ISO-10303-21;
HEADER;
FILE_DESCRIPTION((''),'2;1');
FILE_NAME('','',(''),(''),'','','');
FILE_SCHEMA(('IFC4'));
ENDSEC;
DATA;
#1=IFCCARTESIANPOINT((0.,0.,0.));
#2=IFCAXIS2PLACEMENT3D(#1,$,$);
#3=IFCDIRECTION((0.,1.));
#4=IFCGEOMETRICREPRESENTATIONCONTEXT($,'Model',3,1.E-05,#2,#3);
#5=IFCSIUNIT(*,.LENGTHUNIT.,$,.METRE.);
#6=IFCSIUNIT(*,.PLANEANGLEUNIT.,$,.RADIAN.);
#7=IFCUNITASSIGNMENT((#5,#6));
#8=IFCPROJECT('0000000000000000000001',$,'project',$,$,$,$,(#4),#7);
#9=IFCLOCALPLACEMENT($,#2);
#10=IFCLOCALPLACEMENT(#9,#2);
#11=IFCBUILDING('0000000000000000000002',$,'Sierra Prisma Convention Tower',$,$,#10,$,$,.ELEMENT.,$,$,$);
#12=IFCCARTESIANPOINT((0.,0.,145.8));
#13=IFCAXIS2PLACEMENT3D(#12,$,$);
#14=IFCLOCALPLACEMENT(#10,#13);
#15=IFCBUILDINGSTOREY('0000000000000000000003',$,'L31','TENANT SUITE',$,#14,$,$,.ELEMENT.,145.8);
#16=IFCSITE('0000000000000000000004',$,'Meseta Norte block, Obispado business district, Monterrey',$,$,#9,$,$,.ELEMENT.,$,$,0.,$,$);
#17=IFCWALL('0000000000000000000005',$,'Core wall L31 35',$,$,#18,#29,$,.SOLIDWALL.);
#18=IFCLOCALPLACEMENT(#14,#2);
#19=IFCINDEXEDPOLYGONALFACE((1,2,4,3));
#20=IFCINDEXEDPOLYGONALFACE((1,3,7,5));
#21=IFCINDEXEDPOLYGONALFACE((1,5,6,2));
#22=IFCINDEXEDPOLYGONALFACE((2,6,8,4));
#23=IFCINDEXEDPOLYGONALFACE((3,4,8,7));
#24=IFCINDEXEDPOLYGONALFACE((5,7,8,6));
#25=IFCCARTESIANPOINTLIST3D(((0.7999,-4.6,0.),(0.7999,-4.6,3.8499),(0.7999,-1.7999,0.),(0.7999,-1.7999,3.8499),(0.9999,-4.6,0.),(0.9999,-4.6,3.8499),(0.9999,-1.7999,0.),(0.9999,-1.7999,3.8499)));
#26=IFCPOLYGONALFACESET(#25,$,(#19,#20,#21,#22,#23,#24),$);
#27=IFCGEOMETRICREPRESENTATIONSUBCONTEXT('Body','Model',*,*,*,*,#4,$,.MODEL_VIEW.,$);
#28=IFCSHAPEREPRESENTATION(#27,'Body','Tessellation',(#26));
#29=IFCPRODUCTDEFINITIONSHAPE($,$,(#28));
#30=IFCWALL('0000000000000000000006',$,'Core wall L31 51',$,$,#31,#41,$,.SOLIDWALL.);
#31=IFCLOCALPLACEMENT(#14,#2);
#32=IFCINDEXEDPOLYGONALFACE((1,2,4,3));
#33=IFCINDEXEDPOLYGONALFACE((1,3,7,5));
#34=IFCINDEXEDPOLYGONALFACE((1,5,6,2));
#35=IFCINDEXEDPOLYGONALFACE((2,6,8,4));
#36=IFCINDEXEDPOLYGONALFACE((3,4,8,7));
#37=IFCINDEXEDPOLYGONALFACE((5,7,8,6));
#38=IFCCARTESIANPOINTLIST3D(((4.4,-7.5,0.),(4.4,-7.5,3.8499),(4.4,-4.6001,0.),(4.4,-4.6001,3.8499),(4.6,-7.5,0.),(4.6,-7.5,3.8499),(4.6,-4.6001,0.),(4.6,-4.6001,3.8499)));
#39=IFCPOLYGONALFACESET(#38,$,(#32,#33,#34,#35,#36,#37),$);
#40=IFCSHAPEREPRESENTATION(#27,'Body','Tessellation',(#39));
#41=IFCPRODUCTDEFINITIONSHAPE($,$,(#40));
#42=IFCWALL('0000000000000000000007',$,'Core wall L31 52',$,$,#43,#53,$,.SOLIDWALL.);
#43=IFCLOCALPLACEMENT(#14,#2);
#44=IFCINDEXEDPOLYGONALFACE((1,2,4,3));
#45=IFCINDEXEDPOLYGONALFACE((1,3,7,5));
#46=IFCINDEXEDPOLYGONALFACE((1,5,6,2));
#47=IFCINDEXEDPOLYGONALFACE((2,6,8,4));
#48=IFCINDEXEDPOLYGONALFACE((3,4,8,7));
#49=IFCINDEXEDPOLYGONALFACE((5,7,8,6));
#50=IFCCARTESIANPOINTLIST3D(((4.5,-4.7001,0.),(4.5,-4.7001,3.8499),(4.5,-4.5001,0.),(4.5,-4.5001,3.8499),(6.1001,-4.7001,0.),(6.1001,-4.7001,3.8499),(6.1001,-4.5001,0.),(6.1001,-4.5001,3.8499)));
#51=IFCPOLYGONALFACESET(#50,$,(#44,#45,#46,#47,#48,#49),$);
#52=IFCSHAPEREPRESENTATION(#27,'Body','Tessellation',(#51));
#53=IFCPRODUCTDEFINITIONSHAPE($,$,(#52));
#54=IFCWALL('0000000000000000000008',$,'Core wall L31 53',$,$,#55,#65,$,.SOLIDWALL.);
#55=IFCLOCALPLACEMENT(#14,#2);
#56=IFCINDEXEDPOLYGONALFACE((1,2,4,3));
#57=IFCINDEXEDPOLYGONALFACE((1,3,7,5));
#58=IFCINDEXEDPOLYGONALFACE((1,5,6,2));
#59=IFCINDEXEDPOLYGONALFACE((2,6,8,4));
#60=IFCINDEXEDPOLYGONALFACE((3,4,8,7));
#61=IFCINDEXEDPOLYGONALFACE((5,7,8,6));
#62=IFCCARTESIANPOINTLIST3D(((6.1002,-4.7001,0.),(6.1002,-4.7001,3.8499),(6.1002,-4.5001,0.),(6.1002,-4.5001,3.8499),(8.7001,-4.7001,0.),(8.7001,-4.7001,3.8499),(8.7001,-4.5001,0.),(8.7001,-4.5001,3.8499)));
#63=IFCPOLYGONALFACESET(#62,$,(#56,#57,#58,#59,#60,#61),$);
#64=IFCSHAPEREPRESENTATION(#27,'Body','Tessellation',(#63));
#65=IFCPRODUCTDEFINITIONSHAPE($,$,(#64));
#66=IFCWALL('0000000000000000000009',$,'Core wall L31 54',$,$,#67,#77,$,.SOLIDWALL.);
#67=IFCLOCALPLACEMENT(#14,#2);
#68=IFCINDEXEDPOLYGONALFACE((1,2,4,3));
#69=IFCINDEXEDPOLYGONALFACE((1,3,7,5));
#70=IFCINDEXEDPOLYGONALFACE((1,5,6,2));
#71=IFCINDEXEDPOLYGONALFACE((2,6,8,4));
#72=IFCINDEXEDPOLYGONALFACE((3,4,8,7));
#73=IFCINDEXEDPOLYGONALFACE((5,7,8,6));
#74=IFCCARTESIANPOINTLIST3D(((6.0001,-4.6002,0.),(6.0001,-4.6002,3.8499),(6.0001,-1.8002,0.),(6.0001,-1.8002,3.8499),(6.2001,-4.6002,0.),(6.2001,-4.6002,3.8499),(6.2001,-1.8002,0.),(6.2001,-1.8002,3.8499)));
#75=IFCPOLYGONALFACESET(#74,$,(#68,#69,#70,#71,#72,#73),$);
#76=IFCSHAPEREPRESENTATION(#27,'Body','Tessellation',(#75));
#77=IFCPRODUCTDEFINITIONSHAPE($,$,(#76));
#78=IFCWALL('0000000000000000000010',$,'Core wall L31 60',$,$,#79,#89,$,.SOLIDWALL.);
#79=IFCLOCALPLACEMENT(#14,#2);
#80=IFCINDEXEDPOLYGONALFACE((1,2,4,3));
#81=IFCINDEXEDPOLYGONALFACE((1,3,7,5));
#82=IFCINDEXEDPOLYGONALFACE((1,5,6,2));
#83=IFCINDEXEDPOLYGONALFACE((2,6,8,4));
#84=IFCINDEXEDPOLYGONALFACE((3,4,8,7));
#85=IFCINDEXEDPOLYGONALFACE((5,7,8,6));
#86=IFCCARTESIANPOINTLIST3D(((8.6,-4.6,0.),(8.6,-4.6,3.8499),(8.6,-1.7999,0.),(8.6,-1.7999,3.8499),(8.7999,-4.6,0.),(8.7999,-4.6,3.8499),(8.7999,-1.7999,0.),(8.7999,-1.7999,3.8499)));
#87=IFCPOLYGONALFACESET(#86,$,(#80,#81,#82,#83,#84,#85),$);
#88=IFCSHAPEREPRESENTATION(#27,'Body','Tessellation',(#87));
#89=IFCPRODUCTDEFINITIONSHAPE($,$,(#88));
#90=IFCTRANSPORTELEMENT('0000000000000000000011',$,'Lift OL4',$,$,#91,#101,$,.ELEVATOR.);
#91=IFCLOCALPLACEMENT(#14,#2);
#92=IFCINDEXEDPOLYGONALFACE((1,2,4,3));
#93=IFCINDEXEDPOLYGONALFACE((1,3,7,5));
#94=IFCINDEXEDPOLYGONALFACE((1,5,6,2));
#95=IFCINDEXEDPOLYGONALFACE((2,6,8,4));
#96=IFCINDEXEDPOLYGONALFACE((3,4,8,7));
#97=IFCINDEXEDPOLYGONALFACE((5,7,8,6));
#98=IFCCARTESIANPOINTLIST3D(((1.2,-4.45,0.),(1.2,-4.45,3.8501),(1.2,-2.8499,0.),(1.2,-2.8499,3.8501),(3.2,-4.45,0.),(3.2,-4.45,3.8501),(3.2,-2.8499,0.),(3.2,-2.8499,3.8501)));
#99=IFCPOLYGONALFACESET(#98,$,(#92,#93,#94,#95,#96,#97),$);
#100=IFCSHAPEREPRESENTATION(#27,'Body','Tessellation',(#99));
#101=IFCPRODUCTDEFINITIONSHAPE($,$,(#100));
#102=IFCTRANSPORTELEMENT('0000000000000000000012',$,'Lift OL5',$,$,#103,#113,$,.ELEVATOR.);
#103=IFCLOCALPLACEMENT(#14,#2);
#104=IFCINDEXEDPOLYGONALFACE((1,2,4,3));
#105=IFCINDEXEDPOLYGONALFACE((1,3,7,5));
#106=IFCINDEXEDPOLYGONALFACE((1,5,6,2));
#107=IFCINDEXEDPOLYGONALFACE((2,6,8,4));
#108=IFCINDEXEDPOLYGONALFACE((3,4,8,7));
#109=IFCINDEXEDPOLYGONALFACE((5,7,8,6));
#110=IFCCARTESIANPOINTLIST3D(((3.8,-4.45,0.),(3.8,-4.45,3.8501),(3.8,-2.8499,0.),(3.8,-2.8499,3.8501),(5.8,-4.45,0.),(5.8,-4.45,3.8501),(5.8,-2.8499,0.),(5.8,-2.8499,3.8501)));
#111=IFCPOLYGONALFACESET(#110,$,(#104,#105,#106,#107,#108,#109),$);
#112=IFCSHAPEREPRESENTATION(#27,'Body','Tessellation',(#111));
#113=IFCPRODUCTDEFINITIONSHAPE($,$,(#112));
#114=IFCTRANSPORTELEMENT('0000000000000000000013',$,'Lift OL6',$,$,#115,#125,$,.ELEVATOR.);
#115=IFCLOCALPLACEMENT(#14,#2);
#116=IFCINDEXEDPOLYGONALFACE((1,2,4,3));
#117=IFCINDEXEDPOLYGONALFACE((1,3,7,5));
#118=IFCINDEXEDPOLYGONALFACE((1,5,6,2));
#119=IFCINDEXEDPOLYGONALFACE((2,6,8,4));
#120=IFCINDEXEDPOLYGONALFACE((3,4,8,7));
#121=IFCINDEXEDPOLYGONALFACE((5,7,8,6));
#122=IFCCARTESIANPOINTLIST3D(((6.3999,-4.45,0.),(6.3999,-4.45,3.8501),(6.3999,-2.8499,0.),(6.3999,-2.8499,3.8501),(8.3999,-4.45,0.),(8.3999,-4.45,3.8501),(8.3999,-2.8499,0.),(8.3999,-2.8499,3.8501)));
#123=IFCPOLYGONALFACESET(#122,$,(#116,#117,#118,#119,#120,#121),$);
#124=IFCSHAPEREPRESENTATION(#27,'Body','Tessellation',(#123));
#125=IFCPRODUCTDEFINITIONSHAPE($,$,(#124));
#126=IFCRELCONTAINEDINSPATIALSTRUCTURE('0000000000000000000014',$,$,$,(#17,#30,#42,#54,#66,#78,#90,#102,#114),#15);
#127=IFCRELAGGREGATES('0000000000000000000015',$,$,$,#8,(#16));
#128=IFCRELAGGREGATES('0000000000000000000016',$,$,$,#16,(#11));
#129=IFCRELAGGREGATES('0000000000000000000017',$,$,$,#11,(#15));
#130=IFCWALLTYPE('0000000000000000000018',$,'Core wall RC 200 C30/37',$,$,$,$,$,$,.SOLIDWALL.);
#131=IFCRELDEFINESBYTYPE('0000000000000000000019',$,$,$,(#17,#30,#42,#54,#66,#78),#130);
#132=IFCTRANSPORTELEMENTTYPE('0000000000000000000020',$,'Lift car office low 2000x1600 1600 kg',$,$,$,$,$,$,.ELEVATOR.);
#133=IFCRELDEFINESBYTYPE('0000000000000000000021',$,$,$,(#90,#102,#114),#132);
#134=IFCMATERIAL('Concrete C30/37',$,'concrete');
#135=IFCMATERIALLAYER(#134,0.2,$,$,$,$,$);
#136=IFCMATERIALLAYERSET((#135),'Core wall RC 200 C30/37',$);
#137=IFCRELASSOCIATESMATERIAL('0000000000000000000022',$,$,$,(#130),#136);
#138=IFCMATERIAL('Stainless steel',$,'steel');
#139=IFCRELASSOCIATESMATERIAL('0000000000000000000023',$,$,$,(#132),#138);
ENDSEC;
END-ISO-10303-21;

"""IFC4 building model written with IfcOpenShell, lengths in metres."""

from ifc_helpers import new_model, si_unit, direction, frame, frame_2d, origin, origin_2d, place, context, subcontext, project, spatial, rectangle, extrude, material, layer, layer_set, type_object, element, save


model = new_model("IFC4")

# Units and contexts
model_context = context("Model", 3, precision=1e-05, world=origin(), true_north=direction((0.0, 1.0)))
body_context = subcontext(model_context, "Body", "Model", "MODEL_VIEW")
ifc_project = project(units=[si_unit("LENGTHUNIT", "METRE"), si_unit("PLANEANGLEUNIT", "RADIAN")], contexts=[model_context])

# Site, building, storey
site_placement = place(None, origin())
site = spatial("IfcSite", under=ifc_project, at=site_placement, Name="Meseta Norte block, Obispado business district, Monterrey", CompositionType="ELEMENT", RefElevation=0.0)
building_placement = place(site_placement, origin())
building = spatial("IfcBuilding", under=site, at=building_placement, Name="Sierra Prisma Convention Tower", CompositionType="ELEMENT")
storey_placement = place(building_placement, frame((0.0, 0.0, 145.8)))
storey = spatial("IfcBuildingStorey", under=building, at=storey_placement, Name="L31", Description="TENANT SUITE", CompositionType="ELEMENT", Elevation=145.8)

# Shared definitions
ifc_material_1 = material(Name="Concrete C30/37", Category="concrete")
ifc_layer = layer(ifc_material_1, 0.2)
ifc_layer_set = layer_set([ifc_layer], Name="Core wall RC 200 C30/37")
wall_type = type_object("IfcWallType", Name="Core wall RC 200 C30/37", PredefinedType="SOLIDWALL", material=ifc_layer_set)

# Wall
wall_1_placement = place(storey_placement, frame((0.8999, -1.8, 0.0), z_axis=(0.0, 0.0, 1.0), x_axis=(0.0, -1.0, 0.0)))
element("IfcWall", 1, at=wall_1_placement, inside=storey, type_object=wall_type, Name="Core wall L31 35", PredefinedType="SOLIDWALL", context=body_context, shape_type="SweptSolid", body=[
    extrude(rectangle(XDim=2.8, YDim=0.2, at=frame_2d((1.3999, 0.0))), origin(), (0.0, 0.0, 1.0), 3.8499),
])

# Walls
wall_2_placement = place(storey_placement, frame((4.5, -4.6001, 0.0), z_axis=(0.0, 0.0, 1.0), x_axis=(0.0, -1.0, 0.0)))
element("IfcWall", 2, at=wall_2_placement, inside=storey, type_object=wall_type, Name="Core wall L31 51", PredefinedType="SOLIDWALL", context=body_context, shape_type="SweptSolid", body=[
    extrude(rectangle(XDim=2.8999, YDim=0.2, at=frame_2d((1.45, 0.0))), origin(), (0.0, 0.0, 1.0), 3.8499),
])
wall_3_placement = place(storey_placement, frame((6.1001, -4.6001, 0.0), z_axis=(0.0, 0.0, 1.0), x_axis=(-1.0, 0.0, 0.0)))
element("IfcWall", 3, at=wall_3_placement, inside=storey, type_object=wall_type, Name="Core wall L31 52", PredefinedType="SOLIDWALL", context=body_context, shape_type="SweptSolid", body=[
    extrude(rectangle(XDim=1.6001, YDim=0.2, at=frame_2d((0.8, 0.0))), origin(), (0.0, 0.0, 1.0), 3.8499),
])
wall_4_placement = place(storey_placement, frame((8.7, -4.6001, 0.0), z_axis=(0.0, 0.0, 1.0), x_axis=(-1.0, 0.0, 0.0)))
element("IfcWall", 4, at=wall_4_placement, inside=storey, type_object=wall_type, Name="Core wall L31 53", PredefinedType="SOLIDWALL", context=body_context, shape_type="SweptSolid", body=[
    extrude(rectangle(XDim=2.5999, YDim=0.2, at=frame_2d((1.2998, 0.0))), origin(), (0.0, 0.0, 1.0), 3.8499),
])
wall_5_placement = place(storey_placement, frame((6.1001, -4.6001, 0.0), z_axis=(0.0, 0.0, 1.0), x_axis=(0.0, 1.0, 0.0)))
element("IfcWall", 5, at=wall_5_placement, inside=storey, type_object=wall_type, Name="Core wall L31 54", PredefinedType="SOLIDWALL", context=body_context, shape_type="SweptSolid", body=[
    extrude(rectangle(XDim=2.8, YDim=0.2, at=frame_2d((1.3999, 0.0))), origin(), (0.0, 0.0, 1.0), 3.8499),
])

# Wall
wall_6_placement = place(storey_placement, frame((8.7, -1.8, 0.0), z_axis=(0.0, 0.0, 1.0), x_axis=(0.0, -1.0, 0.0)))
element("IfcWall", 6, at=wall_6_placement, inside=storey, type_object=wall_type, Name="Core wall L31 60", PredefinedType="SOLIDWALL", context=body_context, shape_type="SweptSolid", body=[
    extrude(rectangle(XDim=2.8, YDim=0.2, at=frame_2d((1.3999, 0.0))), origin(), (0.0, 0.0, 1.0), 3.8499),
])

# Transport elements
ifc_material_2 = material(Name="Stainless steel", Category="steel")
transport_element_type = type_object("IfcTransportElementType", Name="Lift car office low 2000x1600 1600 kg", PredefinedType="ELEVATOR", material=ifc_material_2)
for number, where, z_axis, x_axis, name in (
    (7, (2.2, -3.6499, 0.0), (0.0, 0.0, 1.0), (1.0, 0.0, 0.0), "Lift OL4"),
    (8, (4.8, -3.6499, 0.0), (0.0, 0.0, 1.0), (1.0, 0.0, 0.0), "Lift OL5"),
    (9, (7.3999, -3.6499, 0.0), (0.0, 0.0, 1.0), (1.0, 0.0, 0.0), "Lift OL6"),
):
    element("IfcTransportElement", number, at=place(storey_placement, frame(where, z_axis=z_axis, x_axis=x_axis)), inside=storey, type_object=transport_element_type, Name=name, PredefinedType="ELEVATOR", context=body_context, shape_type="SweptSolid", body=[
        extrude(rectangle(XDim=2.0, YDim=1.6001, at=origin_2d()), origin(), (0.0, 0.0, 1.0), 3.8501),
    ])

save(model, "model.ifc")
